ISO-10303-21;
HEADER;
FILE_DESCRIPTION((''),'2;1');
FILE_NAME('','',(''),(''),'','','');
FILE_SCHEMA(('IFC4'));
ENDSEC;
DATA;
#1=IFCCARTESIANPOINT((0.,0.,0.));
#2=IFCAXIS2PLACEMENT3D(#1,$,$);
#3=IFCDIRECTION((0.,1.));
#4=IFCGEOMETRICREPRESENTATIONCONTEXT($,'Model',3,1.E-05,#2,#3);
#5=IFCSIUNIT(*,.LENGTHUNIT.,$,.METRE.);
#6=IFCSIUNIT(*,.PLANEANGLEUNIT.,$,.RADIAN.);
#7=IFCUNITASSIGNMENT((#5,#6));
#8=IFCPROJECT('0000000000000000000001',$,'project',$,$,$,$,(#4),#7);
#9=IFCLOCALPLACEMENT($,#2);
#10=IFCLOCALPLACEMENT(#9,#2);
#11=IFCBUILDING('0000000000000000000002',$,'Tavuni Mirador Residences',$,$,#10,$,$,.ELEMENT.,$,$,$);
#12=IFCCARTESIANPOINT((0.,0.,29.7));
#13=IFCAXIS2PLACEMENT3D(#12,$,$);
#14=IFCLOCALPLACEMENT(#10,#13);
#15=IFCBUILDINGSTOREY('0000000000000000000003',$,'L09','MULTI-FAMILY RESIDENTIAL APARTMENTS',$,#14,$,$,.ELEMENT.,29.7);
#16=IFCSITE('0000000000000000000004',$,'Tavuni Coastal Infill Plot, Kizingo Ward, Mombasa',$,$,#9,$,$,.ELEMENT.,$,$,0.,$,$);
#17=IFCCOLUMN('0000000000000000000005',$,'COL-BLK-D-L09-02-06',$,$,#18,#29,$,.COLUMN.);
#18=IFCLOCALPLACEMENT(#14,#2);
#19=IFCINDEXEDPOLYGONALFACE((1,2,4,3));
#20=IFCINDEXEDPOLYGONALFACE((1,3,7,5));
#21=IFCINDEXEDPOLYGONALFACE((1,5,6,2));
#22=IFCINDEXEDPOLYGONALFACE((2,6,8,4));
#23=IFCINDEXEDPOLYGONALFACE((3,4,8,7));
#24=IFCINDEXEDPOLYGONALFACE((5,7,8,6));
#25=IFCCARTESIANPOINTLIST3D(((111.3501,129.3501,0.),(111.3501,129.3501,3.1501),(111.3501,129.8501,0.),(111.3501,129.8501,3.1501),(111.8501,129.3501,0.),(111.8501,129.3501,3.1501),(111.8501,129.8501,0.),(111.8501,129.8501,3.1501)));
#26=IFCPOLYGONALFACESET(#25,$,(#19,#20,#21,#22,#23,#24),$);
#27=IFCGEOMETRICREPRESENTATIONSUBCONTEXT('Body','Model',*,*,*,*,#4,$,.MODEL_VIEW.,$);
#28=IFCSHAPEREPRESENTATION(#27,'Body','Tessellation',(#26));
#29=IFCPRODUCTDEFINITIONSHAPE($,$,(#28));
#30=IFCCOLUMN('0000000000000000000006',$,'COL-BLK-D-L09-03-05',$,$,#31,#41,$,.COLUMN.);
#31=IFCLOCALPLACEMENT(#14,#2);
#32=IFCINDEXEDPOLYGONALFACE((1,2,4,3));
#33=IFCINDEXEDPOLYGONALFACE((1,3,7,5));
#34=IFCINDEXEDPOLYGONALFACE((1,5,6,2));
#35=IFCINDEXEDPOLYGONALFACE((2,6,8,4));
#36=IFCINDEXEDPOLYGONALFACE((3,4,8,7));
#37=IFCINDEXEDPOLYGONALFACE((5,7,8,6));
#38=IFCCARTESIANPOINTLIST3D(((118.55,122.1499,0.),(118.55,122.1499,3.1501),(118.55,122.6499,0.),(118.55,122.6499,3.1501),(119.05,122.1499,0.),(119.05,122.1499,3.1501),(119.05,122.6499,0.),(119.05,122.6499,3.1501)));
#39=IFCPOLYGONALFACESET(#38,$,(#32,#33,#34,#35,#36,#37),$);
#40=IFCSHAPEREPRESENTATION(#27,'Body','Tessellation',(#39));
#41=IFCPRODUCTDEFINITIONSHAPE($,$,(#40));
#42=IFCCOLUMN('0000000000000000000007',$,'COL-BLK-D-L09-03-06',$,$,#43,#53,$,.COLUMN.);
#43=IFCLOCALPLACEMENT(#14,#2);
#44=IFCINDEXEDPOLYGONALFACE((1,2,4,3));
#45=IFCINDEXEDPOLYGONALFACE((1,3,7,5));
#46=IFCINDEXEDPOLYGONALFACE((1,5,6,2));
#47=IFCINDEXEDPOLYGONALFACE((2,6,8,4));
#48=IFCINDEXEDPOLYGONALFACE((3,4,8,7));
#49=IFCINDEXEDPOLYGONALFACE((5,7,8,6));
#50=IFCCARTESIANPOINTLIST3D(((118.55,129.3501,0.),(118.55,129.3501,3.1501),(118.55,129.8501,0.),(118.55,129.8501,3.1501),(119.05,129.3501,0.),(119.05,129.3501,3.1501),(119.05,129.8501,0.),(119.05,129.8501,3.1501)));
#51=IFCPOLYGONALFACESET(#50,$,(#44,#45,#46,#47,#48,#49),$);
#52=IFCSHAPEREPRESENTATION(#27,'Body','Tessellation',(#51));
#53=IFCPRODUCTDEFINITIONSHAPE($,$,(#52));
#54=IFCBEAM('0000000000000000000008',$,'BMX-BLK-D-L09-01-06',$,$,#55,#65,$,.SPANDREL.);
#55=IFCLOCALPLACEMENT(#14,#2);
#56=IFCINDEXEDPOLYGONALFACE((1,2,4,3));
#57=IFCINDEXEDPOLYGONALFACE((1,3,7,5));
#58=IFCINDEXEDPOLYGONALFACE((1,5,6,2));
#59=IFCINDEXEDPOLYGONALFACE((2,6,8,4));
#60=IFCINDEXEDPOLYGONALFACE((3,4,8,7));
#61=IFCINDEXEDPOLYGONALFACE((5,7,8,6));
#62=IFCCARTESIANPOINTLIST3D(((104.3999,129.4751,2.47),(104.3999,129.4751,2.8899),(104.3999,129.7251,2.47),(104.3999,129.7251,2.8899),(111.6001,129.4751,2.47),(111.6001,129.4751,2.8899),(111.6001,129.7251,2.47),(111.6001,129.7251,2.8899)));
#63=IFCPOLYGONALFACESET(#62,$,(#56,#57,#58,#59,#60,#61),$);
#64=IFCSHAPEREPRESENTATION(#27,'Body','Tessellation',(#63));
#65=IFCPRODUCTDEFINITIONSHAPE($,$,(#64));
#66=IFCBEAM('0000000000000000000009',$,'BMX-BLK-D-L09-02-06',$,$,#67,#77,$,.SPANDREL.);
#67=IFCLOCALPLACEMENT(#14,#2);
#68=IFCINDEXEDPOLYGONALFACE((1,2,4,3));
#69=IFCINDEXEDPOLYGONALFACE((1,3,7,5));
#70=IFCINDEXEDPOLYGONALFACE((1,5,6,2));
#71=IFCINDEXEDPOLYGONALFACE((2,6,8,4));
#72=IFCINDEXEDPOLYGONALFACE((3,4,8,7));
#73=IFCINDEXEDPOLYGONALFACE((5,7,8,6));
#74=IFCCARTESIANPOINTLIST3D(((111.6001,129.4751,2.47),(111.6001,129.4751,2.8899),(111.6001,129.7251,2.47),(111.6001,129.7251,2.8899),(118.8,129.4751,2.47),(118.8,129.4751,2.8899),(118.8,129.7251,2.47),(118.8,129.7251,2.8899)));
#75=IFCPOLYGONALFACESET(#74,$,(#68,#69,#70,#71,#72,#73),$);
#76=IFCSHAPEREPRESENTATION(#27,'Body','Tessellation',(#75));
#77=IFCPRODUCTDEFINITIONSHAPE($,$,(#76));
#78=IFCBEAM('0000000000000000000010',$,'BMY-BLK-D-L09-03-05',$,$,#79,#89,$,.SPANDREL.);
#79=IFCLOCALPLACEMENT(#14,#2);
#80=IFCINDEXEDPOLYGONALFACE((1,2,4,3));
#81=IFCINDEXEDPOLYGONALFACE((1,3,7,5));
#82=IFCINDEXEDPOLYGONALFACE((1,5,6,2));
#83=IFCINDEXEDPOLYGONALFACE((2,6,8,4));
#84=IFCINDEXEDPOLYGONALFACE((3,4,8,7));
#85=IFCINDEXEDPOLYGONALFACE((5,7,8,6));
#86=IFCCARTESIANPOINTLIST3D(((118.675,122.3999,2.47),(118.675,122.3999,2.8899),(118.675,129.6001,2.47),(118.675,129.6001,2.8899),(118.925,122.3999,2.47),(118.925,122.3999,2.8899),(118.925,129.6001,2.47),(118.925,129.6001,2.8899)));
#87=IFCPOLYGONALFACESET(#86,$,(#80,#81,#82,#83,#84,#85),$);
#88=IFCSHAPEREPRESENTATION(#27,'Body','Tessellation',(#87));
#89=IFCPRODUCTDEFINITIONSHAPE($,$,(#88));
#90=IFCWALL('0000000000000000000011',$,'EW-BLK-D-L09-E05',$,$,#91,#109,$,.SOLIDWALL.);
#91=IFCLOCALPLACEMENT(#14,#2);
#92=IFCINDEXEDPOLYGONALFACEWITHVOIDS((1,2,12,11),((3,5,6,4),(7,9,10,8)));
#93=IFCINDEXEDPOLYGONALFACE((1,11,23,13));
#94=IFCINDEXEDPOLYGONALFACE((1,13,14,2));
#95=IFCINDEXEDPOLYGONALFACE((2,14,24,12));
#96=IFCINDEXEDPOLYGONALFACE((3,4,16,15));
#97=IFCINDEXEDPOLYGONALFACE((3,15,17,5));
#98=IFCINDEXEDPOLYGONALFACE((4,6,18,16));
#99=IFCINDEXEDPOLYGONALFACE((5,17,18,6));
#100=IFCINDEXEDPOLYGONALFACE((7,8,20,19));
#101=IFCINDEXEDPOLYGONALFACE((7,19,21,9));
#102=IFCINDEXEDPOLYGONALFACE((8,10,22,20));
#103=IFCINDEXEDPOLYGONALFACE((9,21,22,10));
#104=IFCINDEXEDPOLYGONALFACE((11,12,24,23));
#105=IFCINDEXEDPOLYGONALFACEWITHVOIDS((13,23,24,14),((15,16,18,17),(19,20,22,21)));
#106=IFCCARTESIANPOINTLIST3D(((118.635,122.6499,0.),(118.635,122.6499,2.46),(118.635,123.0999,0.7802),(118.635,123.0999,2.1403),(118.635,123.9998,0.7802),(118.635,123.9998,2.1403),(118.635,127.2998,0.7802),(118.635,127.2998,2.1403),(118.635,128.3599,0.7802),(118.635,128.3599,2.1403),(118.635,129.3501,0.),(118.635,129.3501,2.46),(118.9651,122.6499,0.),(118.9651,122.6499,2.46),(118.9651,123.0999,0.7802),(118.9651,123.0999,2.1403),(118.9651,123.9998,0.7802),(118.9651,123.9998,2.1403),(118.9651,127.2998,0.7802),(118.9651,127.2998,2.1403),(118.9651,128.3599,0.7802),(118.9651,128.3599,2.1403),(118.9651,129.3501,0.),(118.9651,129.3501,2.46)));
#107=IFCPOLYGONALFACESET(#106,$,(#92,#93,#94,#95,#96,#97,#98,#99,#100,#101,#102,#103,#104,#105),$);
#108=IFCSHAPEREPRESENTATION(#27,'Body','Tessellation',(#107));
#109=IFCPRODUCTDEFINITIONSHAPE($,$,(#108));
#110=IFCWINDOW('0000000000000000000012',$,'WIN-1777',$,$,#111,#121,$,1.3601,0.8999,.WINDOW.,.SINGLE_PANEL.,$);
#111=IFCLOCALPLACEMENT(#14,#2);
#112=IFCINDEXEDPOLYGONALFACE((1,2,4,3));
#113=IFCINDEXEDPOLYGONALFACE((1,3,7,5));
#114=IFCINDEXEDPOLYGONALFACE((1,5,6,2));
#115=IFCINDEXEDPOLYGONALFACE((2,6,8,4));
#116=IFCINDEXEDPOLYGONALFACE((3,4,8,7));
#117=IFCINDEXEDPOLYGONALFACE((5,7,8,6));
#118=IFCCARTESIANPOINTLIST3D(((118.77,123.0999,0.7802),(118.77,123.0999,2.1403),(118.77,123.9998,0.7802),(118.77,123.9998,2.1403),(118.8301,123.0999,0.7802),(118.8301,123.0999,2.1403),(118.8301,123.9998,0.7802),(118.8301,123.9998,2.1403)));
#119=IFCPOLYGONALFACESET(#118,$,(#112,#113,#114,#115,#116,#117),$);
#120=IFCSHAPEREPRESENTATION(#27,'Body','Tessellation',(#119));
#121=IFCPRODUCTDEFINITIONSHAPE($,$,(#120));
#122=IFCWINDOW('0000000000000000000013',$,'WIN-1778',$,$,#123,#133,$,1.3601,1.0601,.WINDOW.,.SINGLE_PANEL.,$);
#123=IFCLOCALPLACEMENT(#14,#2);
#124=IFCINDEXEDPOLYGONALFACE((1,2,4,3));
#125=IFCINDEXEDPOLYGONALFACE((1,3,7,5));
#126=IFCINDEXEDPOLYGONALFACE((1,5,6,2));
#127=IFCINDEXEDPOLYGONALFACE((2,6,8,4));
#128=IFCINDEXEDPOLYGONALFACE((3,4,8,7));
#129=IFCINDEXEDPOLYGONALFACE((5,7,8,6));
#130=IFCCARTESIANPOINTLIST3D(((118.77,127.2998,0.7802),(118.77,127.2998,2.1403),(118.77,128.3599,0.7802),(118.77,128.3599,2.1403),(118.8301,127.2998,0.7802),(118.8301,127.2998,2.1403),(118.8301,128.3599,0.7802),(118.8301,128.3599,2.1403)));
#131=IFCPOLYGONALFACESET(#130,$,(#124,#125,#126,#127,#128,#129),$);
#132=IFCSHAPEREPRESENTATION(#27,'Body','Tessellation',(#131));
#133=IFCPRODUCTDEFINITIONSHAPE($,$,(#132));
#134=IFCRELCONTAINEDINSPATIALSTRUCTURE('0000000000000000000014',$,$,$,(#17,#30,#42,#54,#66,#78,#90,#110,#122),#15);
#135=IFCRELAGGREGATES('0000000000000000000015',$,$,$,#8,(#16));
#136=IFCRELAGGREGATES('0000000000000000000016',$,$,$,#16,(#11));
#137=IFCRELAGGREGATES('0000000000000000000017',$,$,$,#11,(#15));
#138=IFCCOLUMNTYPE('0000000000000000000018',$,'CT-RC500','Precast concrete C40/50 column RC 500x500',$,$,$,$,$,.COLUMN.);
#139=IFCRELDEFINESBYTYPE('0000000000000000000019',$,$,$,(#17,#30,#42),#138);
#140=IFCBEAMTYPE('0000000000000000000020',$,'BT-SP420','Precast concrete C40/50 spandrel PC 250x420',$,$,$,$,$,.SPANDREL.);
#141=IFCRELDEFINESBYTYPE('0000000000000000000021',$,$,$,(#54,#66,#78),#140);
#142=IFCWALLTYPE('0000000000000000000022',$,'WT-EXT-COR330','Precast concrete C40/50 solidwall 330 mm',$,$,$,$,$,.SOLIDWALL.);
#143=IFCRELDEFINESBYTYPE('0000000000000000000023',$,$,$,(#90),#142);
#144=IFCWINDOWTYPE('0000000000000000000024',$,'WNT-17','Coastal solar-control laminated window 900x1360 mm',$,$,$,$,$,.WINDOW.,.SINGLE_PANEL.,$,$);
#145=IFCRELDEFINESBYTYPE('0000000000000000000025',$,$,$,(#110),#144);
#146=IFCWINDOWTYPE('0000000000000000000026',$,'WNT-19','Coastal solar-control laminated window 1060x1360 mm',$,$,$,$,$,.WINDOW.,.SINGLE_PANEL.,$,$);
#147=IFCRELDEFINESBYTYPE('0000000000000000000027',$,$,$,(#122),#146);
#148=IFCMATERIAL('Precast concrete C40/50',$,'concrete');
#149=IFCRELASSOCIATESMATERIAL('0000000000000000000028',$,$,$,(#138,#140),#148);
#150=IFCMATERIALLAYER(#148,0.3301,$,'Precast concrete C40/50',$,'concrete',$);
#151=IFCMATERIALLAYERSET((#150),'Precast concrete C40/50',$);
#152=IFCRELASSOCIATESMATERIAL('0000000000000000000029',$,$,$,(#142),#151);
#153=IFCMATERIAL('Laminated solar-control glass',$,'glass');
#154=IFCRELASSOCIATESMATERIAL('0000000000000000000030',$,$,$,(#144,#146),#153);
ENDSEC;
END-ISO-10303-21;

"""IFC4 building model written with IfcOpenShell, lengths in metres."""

from ifc_helpers import new_model, si_unit, direction, frame, frame_2d, origin, origin_2d, place, context, subcontext, project, spatial, rectangle, extrude, material, layer, layer_set, material_profile, profile_set, type_object, element, fill, save


model = new_model("IFC4")

# Units and contexts
model_context = context("Model", 3, precision=1e-05, world=origin(), true_north=direction((0.0, 1.0)))
body_context = subcontext(model_context, "Body", "Model", "MODEL_VIEW")
ifc_project = project(units=[si_unit("LENGTHUNIT", "METRE"), si_unit("PLANEANGLEUNIT", "RADIAN")], contexts=[model_context])

# Site, building, storey
site_placement = place(None, origin())
site = spatial("IfcSite", under=ifc_project, at=site_placement, Name="Tavuni Coastal Infill Plot, Kizingo Ward, Mombasa", CompositionType="ELEMENT", RefElevation=0.0)
building_placement = place(site_placement, origin())
building = spatial("IfcBuilding", under=site, at=building_placement, Name="Tavuni Mirador Residences", CompositionType="ELEMENT")
storey_placement = place(building_placement, frame((0.0, 0.0, 29.7)))
storey = spatial("IfcBuildingStorey", under=building, at=storey_placement, Name="L09", Description="MULTI-FAMILY RESIDENTIAL APARTMENTS", CompositionType="ELEMENT", Elevation=29.7)

# Columns
ifc_material_1 = material(Name="Precast concrete C40/50", Category="concrete")
ifc_material_profile_1 = material_profile(ifc_material_1, rectangle(XDim=0.5, YDim=0.5, at=origin_2d()), Name="RC 500x500", Category="concrete")
ifc_profile_set_1 = profile_set([ifc_material_profile_1], Name="Precast concrete C40/50")
column_type = type_object("IfcColumnType", Name="CT-RC500", Description="Precast concrete C40/50 column RC 500x500", PredefinedType="COLUMN", material=ifc_profile_set_1)
for number, where, z_axis, x_axis, name in (
    (1, (111.6001, 129.6001, 0.0), (0.0, 0.0, 1.0), (1.0, 0.0, 0.0), "COL-BLK-D-L09-02-06"),
    (2, (118.8, 122.3999, 0.0), (0.0, 0.0, 1.0), (1.0, 0.0, 0.0), "COL-BLK-D-L09-03-05"),
    (3, (118.8, 129.6001, 0.0), (0.0, 0.0, 1.0), (1.0, 0.0, 0.0), "COL-BLK-D-L09-03-06"),
):
    element("IfcColumn", number, at=place(storey_placement, frame(where, z_axis=z_axis, x_axis=x_axis)), inside=storey, type_object=column_type, Name=name, PredefinedType="COLUMN", context=body_context, shape_type="SweptSolid", body=[
        extrude(rectangle(XDim=0.5, YDim=0.5, at=origin_2d()), origin(), (0.0, 0.0, 1.0), 3.1501),
    ])

# Beams
ifc_material_profile_2 = material_profile(ifc_material_1, rectangle(XDim=0.25, YDim=0.4199, at=origin_2d()), Name="PC 250x420", Category="concrete")
ifc_profile_set_2 = profile_set([ifc_material_profile_2], Name="Precast concrete C40/50")
beam_type = type_object("IfcBeamType", Name="BT-SP420", Description="Precast concrete C40/50 spandrel PC 250x420", PredefinedType="SPANDREL", material=ifc_profile_set_2)
beam_1_placement = place(storey_placement, frame((104.3999, 129.6001, 2.6799), z_axis=(1.0, 0.0, 0.0), x_axis=(0.0, 1.0, 0.0)))
element("IfcBeam", 4, at=beam_1_placement, inside=storey, type_object=beam_type, Name="BMX-BLK-D-L09-01-06", PredefinedType="SPANDREL", context=body_context, shape_type="SweptSolid", body=[
    extrude(rectangle(XDim=0.25, YDim=0.4199, at=origin_2d()), origin(), (0.0, 0.0, 1.0), 7.2002),
])
beam_2_placement = place(storey_placement, frame((111.6001, 129.6001, 2.6799), z_axis=(1.0, 0.0, 0.0), x_axis=(0.0, 1.0, 0.0)))
element("IfcBeam", 5, at=beam_2_placement, inside=storey, type_object=beam_type, Name="BMX-BLK-D-L09-02-06", PredefinedType="SPANDREL", context=body_context, shape_type="SweptSolid", body=[
    extrude(rectangle(XDim=0.25, YDim=0.4199, at=origin_2d()), origin(), (0.0, 0.0, 1.0), 7.2),
])
beam_3_placement = place(storey_placement, frame((118.8, 122.3999, 2.6799), z_axis=(0.0, 1.0, 0.0), x_axis=(-1.0, 0.0, 0.0)))
element("IfcBeam", 6, at=beam_3_placement, inside=storey, type_object=beam_type, Name="BMY-BLK-D-L09-03-05", PredefinedType="SPANDREL", context=body_context, shape_type="SweptSolid", body=[
    extrude(rectangle(XDim=0.25, YDim=0.4199, at=origin_2d()), origin(), (0.0, 0.0, 1.0), 7.2002),
])

# Wall, openings, windows
ifc_layer_1 = layer(ifc_material_1, 0.3301, Name="Precast concrete C40/50", Category="concrete")
ifc_layer_set_1 = layer_set([ifc_layer_1], Name="Precast concrete C40/50")
wall_type_1 = type_object("IfcWallType", Name="WT-EXT-COR330", Description="Precast concrete C40/50 solidwall 330 mm", PredefinedType="SOLIDWALL", material=ifc_layer_set_1)
wall_1_placement = place(storey_placement, frame((118.8, 122.6499, 0.0), z_axis=(0.0, 0.0, 1.0), x_axis=(0.0, 1.0, 0.0)))
wall_1 = element("IfcWall", 7, at=wall_1_placement, inside=storey, type_object=wall_type_1, Name="EW-BLK-D-L09-E05", PredefinedType="SOLIDWALL", context=body_context, shape_type="SweptSolid", body=[
    extrude(rectangle(XDim=6.7002, YDim=0.3301, at=frame_2d((3.3501, 0.0))), origin(), (0.0, 0.0, 1.0), 2.46),
])
opening_1_placement = place(wall_1_placement, frame((0.45, 0.0, 0.78)))
opening_1 = element("IfcOpeningElement", 8, at=opening_1_placement, cuts=wall_1, PredefinedType="OPENING", context=body_context, shape_type="SweptSolid", body=[
    extrude(rectangle(XDim=0.8999, YDim=1.3601, at=frame_2d((0.45, 0.6802))), frame((0.0, 0.175, 0.0), z_axis=(0.0, -1.0, 0.0), x_axis=(1.0, 0.0, 0.0)), (0.0, 0.0, 1.0), 0.3501),
])
opening_2_placement = place(wall_1_placement, frame((4.6499, 0.0, 0.78)))
opening_2 = element("IfcOpeningElement", 9, at=opening_2_placement, cuts=wall_1, PredefinedType="OPENING", context=body_context, shape_type="SweptSolid", body=[
    extrude(rectangle(XDim=1.0601, YDim=1.3601, at=frame_2d((0.53, 0.6802))), frame((0.0, 0.175, 0.0), z_axis=(0.0, -1.0, 0.0), x_axis=(1.0, 0.0, 0.0)), (0.0, 0.0, 1.0), 0.3501),
])
ifc_material_2 = material(Name="Laminated solar-control glass", Category="glass")
window_type_1 = type_object("IfcWindowType", Name="WNT-17", Description="Coastal solar-control laminated window 900x1360 mm", PartitioningType="SINGLE_PANEL", PredefinedType="WINDOW", material=ifc_material_2)
window_1_placement = place(opening_1_placement, origin())
window_1 = element("IfcWindow", 10, at=window_1_placement, inside=storey, type_object=window_type_1, Name="WIN-1777", OverallHeight=1.3601, OverallWidth=0.8999, PartitioningType="SINGLE_PANEL", PredefinedType="WINDOW", context=body_context, shape_type="SweptSolid", body=[
    extrude(rectangle(XDim=0.8999, YDim=1.3601, at=frame_2d((0.45, 0.6802))), frame((0.0, 0.03, 0.0), z_axis=(0.0, -1.0, 0.0), x_axis=(1.0, 0.0, 0.0)), (0.0, 0.0, 1.0), 0.0601),
])
fill(opening_1, window_1)
window_type_2 = type_object("IfcWindowType", Name="WNT-19", Description="Coastal solar-control laminated window 1060x1360 mm", PartitioningType="SINGLE_PANEL", PredefinedType="WINDOW", material=ifc_material_2)
window_2_placement = place(opening_2_placement, origin())
window_2 = element("IfcWindow", 11, at=window_2_placement, inside=storey, type_object=window_type_2, Name="WIN-1778", OverallHeight=1.3601, OverallWidth=1.0601, PartitioningType="SINGLE_PANEL", PredefinedType="WINDOW", context=body_context, shape_type="SweptSolid", body=[
    extrude(rectangle(XDim=1.0601, YDim=1.3601, at=frame_2d((0.53, 0.6802))), frame((0.0, 0.03, 0.0), z_axis=(0.0, -1.0, 0.0), x_axis=(1.0, 0.0, 0.0)), (0.0, 0.0, 1.0), 0.0601),
])
fill(opening_2, window_2)

save(model, "model.ifc")
